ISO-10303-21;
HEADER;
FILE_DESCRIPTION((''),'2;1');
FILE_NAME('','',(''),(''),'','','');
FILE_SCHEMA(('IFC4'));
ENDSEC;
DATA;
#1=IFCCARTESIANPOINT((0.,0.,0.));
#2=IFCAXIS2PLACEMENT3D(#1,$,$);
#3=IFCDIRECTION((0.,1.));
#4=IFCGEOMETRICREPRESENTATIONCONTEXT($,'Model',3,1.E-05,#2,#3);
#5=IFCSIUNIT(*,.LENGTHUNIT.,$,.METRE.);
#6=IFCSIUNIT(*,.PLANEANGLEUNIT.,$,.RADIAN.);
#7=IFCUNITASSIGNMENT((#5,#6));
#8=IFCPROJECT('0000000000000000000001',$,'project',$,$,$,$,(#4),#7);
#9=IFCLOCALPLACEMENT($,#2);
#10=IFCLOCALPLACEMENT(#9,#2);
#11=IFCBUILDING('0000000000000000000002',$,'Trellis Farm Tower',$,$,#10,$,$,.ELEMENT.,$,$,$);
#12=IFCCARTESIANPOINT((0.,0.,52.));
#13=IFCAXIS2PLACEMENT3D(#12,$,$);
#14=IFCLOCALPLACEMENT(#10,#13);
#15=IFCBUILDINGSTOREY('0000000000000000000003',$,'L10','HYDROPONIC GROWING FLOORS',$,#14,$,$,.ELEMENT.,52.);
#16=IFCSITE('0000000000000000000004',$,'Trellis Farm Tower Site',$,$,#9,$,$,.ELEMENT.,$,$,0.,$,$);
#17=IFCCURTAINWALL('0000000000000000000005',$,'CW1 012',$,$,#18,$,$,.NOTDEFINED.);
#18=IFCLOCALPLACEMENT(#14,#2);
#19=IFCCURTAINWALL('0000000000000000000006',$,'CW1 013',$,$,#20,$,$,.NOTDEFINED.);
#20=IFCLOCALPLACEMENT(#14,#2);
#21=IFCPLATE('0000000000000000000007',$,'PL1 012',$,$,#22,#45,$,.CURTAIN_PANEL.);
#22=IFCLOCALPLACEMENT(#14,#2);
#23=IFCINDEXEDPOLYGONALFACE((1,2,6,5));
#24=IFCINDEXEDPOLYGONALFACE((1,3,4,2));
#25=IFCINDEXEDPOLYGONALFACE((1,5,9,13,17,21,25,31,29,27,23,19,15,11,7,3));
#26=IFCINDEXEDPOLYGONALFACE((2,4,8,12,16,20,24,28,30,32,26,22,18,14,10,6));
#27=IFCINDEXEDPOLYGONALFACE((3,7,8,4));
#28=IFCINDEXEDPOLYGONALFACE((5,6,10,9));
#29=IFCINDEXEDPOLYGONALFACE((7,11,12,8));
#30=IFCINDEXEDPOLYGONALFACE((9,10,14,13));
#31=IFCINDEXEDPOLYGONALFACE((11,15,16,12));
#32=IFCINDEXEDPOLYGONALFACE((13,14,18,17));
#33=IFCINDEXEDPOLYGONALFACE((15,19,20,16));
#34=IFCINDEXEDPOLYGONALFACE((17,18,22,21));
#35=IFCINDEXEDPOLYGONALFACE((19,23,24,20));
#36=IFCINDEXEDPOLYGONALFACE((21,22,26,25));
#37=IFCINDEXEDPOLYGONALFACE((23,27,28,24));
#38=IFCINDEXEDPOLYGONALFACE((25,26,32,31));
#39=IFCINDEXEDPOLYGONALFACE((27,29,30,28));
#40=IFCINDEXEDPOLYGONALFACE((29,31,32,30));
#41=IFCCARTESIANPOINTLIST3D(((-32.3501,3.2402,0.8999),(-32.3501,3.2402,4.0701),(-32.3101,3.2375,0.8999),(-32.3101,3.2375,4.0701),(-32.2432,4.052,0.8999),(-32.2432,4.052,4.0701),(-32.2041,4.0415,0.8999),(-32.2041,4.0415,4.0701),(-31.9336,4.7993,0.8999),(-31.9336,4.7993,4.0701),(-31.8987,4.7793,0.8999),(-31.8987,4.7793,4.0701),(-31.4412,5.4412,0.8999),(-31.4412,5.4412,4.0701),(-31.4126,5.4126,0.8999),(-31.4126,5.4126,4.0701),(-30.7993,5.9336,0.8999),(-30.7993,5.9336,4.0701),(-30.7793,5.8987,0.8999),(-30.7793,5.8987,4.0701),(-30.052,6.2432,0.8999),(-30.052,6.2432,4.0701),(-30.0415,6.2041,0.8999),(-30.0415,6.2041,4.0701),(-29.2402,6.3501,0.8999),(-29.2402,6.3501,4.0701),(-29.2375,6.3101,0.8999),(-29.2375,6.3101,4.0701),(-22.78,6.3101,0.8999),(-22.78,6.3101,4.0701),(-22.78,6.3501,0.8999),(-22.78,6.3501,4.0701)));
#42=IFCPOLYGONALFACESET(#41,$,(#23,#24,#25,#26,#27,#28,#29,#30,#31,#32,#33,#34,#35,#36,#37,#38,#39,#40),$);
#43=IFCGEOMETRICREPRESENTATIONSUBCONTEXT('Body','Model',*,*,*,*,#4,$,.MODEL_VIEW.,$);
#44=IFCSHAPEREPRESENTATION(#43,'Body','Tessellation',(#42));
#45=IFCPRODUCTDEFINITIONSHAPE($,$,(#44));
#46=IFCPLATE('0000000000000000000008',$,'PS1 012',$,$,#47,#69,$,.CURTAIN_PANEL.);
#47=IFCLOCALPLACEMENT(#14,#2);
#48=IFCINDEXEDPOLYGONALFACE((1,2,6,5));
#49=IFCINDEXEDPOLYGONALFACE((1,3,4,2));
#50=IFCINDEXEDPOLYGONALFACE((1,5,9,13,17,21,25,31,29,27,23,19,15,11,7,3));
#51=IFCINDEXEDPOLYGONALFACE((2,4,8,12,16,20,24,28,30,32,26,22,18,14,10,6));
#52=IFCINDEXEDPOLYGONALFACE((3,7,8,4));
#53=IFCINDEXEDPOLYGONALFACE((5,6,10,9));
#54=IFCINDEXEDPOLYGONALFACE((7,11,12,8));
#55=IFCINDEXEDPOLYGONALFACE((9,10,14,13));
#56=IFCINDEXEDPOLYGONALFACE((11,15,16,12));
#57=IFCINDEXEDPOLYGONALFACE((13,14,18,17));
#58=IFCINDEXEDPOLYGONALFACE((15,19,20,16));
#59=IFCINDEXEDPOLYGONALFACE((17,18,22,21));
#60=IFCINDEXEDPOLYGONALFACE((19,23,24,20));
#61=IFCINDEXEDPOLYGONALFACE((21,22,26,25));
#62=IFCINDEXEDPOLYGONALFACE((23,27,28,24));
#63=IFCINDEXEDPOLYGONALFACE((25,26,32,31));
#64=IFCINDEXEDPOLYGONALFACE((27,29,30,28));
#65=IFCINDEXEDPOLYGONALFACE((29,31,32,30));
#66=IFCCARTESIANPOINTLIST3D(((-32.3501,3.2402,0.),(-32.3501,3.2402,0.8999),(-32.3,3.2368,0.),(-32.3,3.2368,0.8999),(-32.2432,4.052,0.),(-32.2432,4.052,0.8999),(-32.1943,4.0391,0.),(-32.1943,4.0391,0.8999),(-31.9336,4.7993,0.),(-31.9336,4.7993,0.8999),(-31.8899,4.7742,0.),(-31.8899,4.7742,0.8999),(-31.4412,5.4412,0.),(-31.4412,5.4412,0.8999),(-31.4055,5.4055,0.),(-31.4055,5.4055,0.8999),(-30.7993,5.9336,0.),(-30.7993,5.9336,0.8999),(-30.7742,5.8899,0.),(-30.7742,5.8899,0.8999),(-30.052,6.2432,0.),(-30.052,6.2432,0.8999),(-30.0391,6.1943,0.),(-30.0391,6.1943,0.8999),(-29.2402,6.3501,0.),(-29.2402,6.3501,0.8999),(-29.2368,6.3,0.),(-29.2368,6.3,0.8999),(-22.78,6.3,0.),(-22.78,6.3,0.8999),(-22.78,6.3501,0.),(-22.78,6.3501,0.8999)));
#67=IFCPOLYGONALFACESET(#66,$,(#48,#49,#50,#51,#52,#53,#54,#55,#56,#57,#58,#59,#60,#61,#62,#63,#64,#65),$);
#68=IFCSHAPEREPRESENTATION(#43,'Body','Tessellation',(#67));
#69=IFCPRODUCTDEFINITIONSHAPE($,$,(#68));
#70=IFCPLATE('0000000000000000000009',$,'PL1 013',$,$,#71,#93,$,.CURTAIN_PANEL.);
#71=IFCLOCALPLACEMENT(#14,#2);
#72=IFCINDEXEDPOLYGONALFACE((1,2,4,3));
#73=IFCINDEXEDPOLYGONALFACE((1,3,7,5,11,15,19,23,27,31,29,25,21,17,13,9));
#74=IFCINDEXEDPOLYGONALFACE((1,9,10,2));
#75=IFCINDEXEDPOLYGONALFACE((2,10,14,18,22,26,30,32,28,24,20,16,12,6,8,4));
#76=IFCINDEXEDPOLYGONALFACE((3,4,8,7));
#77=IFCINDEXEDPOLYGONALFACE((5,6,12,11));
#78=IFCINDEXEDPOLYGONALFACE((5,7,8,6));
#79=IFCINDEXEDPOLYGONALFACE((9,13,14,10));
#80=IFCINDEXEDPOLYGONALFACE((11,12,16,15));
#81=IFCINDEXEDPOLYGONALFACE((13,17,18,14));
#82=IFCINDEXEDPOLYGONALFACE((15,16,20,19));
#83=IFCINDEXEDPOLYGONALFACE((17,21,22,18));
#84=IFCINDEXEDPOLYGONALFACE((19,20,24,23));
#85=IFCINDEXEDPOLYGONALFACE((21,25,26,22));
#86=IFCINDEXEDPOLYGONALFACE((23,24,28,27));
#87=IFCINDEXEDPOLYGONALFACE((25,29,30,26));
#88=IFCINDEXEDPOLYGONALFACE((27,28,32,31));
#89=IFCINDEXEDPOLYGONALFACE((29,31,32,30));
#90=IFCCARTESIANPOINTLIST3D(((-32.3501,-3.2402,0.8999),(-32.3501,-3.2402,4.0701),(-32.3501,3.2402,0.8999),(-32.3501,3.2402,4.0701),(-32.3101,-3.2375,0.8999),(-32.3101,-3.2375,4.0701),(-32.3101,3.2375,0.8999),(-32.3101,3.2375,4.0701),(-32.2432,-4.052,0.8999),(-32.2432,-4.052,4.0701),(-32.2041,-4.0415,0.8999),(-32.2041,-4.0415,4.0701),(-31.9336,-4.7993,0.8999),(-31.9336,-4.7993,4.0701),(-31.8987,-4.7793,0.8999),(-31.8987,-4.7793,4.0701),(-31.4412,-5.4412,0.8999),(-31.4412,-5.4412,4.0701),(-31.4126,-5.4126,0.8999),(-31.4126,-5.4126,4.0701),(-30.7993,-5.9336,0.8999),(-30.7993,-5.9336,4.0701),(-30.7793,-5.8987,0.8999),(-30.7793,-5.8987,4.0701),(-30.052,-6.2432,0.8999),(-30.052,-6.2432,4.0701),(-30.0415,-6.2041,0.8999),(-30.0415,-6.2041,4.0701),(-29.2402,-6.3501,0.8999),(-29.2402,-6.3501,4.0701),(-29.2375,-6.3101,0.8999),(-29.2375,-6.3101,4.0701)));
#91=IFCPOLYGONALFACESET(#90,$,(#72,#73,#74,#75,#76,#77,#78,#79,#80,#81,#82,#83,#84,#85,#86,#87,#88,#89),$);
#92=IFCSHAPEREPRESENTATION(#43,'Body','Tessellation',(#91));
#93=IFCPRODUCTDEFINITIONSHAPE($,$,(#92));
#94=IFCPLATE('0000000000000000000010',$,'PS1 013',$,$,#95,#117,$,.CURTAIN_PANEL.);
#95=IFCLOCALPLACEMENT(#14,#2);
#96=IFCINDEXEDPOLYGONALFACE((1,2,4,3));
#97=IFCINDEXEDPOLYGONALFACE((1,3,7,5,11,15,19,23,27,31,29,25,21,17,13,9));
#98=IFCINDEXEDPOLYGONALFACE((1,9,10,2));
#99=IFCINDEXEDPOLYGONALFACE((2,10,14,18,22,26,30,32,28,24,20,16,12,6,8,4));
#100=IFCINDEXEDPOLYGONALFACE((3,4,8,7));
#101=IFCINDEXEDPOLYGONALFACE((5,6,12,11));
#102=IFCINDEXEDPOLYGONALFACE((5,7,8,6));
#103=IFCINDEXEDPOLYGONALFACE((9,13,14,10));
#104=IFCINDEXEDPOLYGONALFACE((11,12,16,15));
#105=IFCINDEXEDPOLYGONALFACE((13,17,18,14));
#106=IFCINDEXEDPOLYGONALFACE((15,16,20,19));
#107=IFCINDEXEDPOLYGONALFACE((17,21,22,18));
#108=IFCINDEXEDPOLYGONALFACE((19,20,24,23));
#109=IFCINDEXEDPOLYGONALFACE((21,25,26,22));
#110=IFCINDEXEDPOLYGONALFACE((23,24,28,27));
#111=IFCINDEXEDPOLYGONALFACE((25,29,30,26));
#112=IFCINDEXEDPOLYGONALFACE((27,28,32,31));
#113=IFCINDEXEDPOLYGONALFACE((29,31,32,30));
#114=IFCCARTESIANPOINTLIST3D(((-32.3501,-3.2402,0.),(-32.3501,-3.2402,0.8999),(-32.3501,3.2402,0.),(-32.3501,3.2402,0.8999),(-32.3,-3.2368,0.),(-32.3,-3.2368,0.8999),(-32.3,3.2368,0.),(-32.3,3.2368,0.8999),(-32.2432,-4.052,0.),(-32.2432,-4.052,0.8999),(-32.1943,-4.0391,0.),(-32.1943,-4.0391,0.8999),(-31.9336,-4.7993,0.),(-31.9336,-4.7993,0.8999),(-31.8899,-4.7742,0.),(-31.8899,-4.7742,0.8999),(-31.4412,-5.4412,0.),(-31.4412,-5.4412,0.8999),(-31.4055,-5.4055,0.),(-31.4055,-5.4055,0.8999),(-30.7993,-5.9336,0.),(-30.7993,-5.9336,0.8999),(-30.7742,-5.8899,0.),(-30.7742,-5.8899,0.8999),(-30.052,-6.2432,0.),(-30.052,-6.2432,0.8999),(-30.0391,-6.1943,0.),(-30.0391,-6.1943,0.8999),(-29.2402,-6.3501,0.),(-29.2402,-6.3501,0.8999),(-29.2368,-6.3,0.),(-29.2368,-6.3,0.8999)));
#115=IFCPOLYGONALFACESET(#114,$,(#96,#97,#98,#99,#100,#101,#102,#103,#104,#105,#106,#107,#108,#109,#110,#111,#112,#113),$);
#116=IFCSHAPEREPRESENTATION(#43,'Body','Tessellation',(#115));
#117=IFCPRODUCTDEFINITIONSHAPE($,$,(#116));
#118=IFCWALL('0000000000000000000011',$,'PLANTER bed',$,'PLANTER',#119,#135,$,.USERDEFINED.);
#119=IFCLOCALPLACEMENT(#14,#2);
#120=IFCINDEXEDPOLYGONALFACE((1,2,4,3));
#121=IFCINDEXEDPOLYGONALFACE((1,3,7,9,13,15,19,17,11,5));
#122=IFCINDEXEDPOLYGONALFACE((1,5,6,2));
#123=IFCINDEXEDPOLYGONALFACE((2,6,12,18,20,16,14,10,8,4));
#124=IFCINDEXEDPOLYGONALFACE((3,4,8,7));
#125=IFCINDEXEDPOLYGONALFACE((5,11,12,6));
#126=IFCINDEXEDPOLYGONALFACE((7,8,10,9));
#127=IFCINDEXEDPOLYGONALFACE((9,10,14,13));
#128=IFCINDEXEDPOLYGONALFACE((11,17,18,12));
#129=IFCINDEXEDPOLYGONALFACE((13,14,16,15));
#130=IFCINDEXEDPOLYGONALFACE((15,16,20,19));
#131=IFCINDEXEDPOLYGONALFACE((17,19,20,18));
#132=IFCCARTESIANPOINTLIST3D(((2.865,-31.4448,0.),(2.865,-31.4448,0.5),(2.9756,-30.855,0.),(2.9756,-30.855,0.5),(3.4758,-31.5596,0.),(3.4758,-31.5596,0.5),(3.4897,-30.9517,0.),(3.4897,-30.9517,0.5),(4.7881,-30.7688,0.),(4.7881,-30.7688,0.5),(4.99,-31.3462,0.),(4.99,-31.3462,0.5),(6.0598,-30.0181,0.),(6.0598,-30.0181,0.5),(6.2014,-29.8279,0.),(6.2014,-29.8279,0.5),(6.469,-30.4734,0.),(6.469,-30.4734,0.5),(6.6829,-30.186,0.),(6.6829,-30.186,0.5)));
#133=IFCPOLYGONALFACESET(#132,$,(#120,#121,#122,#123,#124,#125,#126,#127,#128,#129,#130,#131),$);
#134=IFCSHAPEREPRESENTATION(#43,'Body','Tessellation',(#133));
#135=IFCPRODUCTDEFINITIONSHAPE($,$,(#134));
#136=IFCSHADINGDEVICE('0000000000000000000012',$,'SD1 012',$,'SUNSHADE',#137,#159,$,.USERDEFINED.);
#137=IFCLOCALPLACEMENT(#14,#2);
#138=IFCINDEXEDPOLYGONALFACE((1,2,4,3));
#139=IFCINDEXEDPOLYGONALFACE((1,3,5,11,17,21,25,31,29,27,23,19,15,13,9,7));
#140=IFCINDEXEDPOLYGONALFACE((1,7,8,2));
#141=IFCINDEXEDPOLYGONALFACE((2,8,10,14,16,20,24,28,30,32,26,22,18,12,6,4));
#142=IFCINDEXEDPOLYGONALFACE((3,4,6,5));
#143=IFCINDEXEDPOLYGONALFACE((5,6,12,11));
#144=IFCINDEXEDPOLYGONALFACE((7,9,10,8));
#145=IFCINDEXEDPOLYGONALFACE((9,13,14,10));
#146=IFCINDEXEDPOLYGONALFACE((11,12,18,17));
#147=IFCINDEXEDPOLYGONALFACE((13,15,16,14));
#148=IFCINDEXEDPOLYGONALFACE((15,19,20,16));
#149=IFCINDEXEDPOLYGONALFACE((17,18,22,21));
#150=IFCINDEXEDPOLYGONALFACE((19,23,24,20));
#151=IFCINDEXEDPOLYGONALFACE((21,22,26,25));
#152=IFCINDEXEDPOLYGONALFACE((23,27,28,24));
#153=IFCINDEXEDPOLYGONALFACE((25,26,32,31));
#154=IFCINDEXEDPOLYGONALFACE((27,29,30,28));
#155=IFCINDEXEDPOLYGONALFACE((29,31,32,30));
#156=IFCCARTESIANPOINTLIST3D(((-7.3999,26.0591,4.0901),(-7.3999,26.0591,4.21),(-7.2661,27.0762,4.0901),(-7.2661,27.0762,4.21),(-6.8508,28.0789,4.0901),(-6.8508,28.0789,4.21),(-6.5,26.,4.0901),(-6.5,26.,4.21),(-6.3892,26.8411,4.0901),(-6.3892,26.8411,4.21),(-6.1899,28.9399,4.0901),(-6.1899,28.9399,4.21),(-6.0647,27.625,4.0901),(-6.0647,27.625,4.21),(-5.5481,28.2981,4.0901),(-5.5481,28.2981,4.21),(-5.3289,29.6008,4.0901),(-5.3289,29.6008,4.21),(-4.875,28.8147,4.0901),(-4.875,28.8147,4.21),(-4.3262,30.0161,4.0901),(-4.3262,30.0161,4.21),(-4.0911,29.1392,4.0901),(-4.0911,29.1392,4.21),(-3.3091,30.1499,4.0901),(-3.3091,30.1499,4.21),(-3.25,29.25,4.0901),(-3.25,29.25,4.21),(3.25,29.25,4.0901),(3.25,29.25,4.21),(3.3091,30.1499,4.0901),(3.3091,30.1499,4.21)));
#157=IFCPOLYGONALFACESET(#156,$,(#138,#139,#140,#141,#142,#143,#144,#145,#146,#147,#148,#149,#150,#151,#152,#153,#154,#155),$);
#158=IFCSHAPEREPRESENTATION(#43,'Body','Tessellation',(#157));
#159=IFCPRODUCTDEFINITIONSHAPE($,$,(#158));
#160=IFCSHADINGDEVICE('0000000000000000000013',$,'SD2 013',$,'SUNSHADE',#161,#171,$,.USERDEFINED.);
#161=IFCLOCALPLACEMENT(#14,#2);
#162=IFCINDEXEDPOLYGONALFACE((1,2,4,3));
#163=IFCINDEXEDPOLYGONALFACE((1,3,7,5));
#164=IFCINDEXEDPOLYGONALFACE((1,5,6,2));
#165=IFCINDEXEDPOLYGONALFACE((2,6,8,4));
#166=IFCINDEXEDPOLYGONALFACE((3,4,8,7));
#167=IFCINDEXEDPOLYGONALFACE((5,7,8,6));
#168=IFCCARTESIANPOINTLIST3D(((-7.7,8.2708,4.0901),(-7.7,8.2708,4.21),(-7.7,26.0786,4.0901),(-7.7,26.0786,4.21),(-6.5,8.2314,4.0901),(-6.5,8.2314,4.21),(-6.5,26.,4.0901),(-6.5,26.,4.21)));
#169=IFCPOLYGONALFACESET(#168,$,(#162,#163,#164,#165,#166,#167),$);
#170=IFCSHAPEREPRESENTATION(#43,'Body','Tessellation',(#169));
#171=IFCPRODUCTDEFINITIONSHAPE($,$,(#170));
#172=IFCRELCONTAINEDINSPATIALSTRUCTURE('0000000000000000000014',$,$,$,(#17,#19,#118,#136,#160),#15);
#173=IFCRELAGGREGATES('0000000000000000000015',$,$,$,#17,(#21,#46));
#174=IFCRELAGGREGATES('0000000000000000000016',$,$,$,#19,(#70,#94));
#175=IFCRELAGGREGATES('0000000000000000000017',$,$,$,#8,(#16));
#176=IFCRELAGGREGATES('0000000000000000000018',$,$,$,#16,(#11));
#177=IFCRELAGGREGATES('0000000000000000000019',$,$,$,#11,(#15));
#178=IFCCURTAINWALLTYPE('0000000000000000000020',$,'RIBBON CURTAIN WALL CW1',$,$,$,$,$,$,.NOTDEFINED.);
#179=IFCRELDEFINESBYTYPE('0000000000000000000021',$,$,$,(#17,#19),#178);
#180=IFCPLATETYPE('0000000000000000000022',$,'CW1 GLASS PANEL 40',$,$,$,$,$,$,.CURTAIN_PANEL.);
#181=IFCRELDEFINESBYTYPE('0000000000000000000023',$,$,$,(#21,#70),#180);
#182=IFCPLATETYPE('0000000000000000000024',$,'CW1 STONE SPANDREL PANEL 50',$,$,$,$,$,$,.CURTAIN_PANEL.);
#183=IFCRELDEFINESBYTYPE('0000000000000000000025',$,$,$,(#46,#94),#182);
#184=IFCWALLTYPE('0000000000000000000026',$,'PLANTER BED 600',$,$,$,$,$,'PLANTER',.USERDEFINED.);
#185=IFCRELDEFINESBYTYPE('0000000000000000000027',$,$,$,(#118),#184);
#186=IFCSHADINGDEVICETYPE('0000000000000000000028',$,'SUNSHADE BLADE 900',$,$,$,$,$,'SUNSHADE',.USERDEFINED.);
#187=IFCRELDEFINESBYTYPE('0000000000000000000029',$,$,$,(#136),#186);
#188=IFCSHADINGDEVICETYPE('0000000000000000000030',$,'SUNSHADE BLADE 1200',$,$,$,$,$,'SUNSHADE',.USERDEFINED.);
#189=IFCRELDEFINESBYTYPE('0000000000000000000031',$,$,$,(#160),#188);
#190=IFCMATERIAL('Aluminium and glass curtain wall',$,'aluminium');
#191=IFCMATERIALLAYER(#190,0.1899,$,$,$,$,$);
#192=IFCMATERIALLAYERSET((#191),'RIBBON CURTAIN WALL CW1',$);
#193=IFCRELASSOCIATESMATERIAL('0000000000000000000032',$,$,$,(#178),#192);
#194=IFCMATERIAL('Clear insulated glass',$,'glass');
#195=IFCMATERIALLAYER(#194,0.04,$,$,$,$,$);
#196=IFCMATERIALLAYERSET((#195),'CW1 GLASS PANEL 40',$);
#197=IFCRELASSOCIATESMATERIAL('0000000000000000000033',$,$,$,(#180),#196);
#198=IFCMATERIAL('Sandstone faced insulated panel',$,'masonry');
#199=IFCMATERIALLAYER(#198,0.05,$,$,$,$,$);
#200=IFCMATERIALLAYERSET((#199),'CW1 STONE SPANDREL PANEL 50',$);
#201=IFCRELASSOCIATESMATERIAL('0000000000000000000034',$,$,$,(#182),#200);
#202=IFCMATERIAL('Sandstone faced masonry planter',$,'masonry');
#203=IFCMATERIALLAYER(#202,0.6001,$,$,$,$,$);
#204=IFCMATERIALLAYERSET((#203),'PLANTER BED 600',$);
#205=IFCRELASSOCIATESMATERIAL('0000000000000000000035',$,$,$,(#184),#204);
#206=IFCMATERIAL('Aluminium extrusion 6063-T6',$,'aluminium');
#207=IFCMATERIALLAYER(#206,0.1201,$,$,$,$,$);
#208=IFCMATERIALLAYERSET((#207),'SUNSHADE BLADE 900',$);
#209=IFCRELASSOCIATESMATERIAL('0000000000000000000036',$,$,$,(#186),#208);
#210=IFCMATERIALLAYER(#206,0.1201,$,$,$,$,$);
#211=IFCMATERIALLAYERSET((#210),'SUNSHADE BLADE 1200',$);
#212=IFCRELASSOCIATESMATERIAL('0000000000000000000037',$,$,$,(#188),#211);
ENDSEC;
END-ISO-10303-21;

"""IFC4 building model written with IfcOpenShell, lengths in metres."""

from ifc_helpers import new_model, si_unit, direction, frame, origin, place, context, subcontext, project, spatial, polyline, outline, extrude, source, transform, mapped, material, layer, layer_set, type_object, element, aggregate, save


model = new_model("IFC4")

# Units and contexts
model_context = context("Model", 3, precision=1e-05, world=origin(), true_north=direction((0.0, 1.0)))
body_context = subcontext(model_context, "Body", "Model", "MODEL_VIEW")
ifc_project = project(units=[si_unit("LENGTHUNIT", "METRE"), si_unit("PLANEANGLEUNIT", "RADIAN")], contexts=[model_context])

# Site, building, storey
site_placement = place(None, origin())
site = spatial("IfcSite", under=ifc_project, at=site_placement, Name="Trellis Farm Tower Site", CompositionType="ELEMENT", RefElevation=0.0)
building_placement = place(site_placement, origin())
building = spatial("IfcBuilding", under=site, at=building_placement, Name="Trellis Farm Tower", CompositionType="ELEMENT")
storey_placement = place(building_placement, frame((0.0, 0.0, 52.0)))
storey = spatial("IfcBuildingStorey", under=building, at=storey_placement, Name="L10", Description="HYDROPONIC GROWING FLOORS", CompositionType="ELEMENT", Elevation=52.0)

# Curtain walls
ifc_material_1 = material(Name="Aluminium and glass curtain wall", Category="aluminium")
ifc_layer_1 = layer(ifc_material_1, 0.1899)
ifc_layer_set_1 = layer_set([ifc_layer_1], Name="RIBBON CURTAIN WALL CW1")
curtain_wall_type_1 = type_object("IfcCurtainWallType", Name="RIBBON CURTAIN WALL CW1", PredefinedType="NOTDEFINED", material=ifc_layer_set_1)
placement_1 = place(storey_placement, origin())
ifc_material_2 = material(Name="Aluminium extrusion 6063-T6", Category="aluminium")
curtain_wall_1 = element("IfcCurtainWall", 1, at=placement_1, inside=storey, type_object=curtain_wall_type_1, Name="CW1 012", PredefinedType="NOTDEFINED")
curtain_wall_2 = element("IfcCurtainWall", 2, at=placement_1, inside=storey, type_object=curtain_wall_type_1, Name="CW1 013", PredefinedType="NOTDEFINED")

# Plates
ifc_material_3 = material(Name="Clear insulated glass", Category="glass")
ifc_layer_2 = layer(ifc_material_3, 0.04)
ifc_layer_set_2 = layer_set([ifc_layer_2], Name="CW1 GLASS PANEL 40")
plate_type_1 = type_object("IfcPlateType", Name="CW1 GLASS PANEL 40", PredefinedType="CURTAIN_PANEL", material=ifc_layer_set_2)
placement_2 = place(storey_placement, frame((0.0, 0.0, 0.8999)))
ifc_material_4 = material(Name="Sandstone faced insulated panel", Category="masonry")
ifc_layer_3 = layer(ifc_material_4, 0.05)
ifc_layer_set_3 = layer_set([ifc_layer_3], Name="CW1 STONE SPANDREL PANEL 50")
plate_type_2 = type_object("IfcPlateType", Name="CW1 STONE SPANDREL PANEL 50", PredefinedType="CURTAIN_PANEL", material=ifc_layer_set_3)
shared_shape_1 = source(origin(), body_context, "Body", "SweptSolid", [
    extrude(outline(polyline([(-22.78, 6.3501), (-29.2402, 6.3501), (-30.052, 6.2432), (-30.7993, 5.9336), (-31.4412, 5.4412), (-31.9336, 4.7993), (-32.2432, 4.052), (-32.3501, 3.2402), (-32.3101, 3.2375), (-32.2041, 4.0415), (-31.8987, 4.7793), (-31.4126, 5.4126), (-30.7793, 5.8987), (-30.0415, 6.2041), (-29.2375, 6.3101), (-22.78, 6.3101), (-22.78, 6.3501)])), origin(), (0.0, 0.0, 1.0), 3.1702),
])
plate_1 = element("IfcPlate", 3, at=placement_2, type_object=plate_type_1, Name="PL1 012", PredefinedType="CURTAIN_PANEL", context=body_context, shape_type="MappedRepresentation", body=[
    mapped(shared_shape_1, transform((0.0, 0.0, 0.0))),
])
shared_shape_2 = source(origin(), body_context, "Body", "SweptSolid", [
    extrude(outline(polyline([(-22.78, 6.3501), (-29.2402, 6.3501), (-30.052, 6.2432), (-30.7993, 5.9336), (-31.4412, 5.4412), (-31.9336, 4.7993), (-32.2432, 4.052), (-32.3501, 3.2402), (-32.3, 3.2368), (-32.1943, 4.0391), (-31.8899, 4.7742), (-31.4055, 5.4055), (-30.7742, 5.8899), (-30.0391, 6.1943), (-29.2368, 6.3), (-22.78, 6.3), (-22.78, 6.3501)])), origin(), (0.0, 0.0, 1.0), 0.8999),
])
plate_2 = element("IfcPlate", 4, at=placement_1, type_object=plate_type_2, Name="PS1 012", PredefinedType="CURTAIN_PANEL", context=body_context, shape_type="MappedRepresentation", body=[
    mapped(shared_shape_2, transform((0.0, 0.0, 0.0))),
])
aggregate(curtain_wall_1, [plate_1, plate_2])
shared_shape_3 = source(origin(), body_context, "Body", "SweptSolid", [
    extrude(outline(polyline([(-32.3501, 3.2402), (-32.3501, -3.2402), (-32.2432, -4.052), (-31.9336, -4.7993), (-31.4412, -5.4412), (-30.7993, -5.9336), (-30.052, -6.2432), (-29.2402, -6.3501), (-29.2375, -6.3101), (-30.0415, -6.2041), (-30.7793, -5.8987), (-31.4126, -5.4126), (-31.8987, -4.7793), (-32.2041, -4.0415), (-32.3101, -3.2375), (-32.3101, 3.2375), (-32.3501, 3.2402)])), origin(), (0.0, 0.0, 1.0), 3.1702),
])
plate_3 = element("IfcPlate", 5, at=placement_2, type_object=plate_type_1, Name="PL1 013", PredefinedType="CURTAIN_PANEL", context=body_context, shape_type="MappedRepresentation", body=[
    mapped(shared_shape_3, transform((0.0, 0.0, 0.0))),
])
shared_shape_4 = source(origin(), body_context, "Body", "SweptSolid", [
    extrude(outline(polyline([(-32.3501, 3.2402), (-32.3501, -3.2402), (-32.2432, -4.052), (-31.9336, -4.7993), (-31.4412, -5.4412), (-30.7993, -5.9336), (-30.052, -6.2432), (-29.2402, -6.3501), (-29.2368, -6.3), (-30.0391, -6.1943), (-30.7742, -5.8899), (-31.4055, -5.4055), (-31.8899, -4.7742), (-32.1943, -4.0391), (-32.3, -3.2368), (-32.3, 3.2368), (-32.3501, 3.2402)])), origin(), (0.0, 0.0, 1.0), 0.8999),
])
plate_4 = element("IfcPlate", 6, at=placement_1, type_object=plate_type_2, Name="PS1 013", PredefinedType="CURTAIN_PANEL", context=body_context, shape_type="MappedRepresentation", body=[
    mapped(shared_shape_4, transform((0.0, 0.0, 0.0))),
])
aggregate(curtain_wall_2, [plate_3, plate_4])

# Wall
ifc_material_5 = material(Name="Sandstone faced masonry planter", Category="masonry")
ifc_layer_4 = layer(ifc_material_5, 0.6001)
ifc_layer_set_4 = layer_set([ifc_layer_4], Name="PLANTER BED 600")
wall_type = type_object("IfcWallType", Name="PLANTER BED 600", ElementType="PLANTER", PredefinedType="USERDEFINED", material=ifc_layer_set_4)
element("IfcWall", 7, at=placement_1, inside=storey, type_object=wall_type, Name="PLANTER bed", ObjectType="PLANTER", PredefinedType="USERDEFINED", context=body_context, shape_type="SweptSolid", body=[
    extrude(outline(polyline([(6.469, -30.4734), (4.99, -31.3462), (3.4758, -31.5596), (2.865, -31.4448), (2.9756, -30.855), (3.4897, -30.9517), (4.7881, -30.7688), (6.0598, -30.0181), (6.2014, -29.8279), (6.6829, -30.186), (6.469, -30.4734)])), origin(), (0.0, 0.0, 1.0), 0.5),
])

# Shading devices
ifc_layer_5 = layer(ifc_material_2, 0.1201)
ifc_layer_set_5 = layer_set([ifc_layer_5], Name="SUNSHADE BLADE 900")
shading_device_type_1 = type_object("IfcShadingDeviceType", Name="SUNSHADE BLADE 900", ElementType="SUNSHADE", PredefinedType="USERDEFINED", material=ifc_layer_set_5)
shared_shape_5 = source(origin(), body_context, "Body", "SweptSolid", [
    extrude(outline(polyline([(3.3091, 30.1499), (-3.3091, 30.1499), (-4.3262, 30.0161), (-5.3289, 29.6008), (-6.1899, 28.9399), (-6.8508, 28.0789), (-7.2661, 27.0762), (-7.3999, 26.0591), (-6.5, 26.0), (-6.3892, 26.8411), (-6.0647, 27.625), (-5.5481, 28.2981), (-4.875, 28.8147), (-4.0911, 29.1392), (-3.25, 29.25), (3.25, 29.25), (3.3091, 30.1499)])), origin(), (0.0, 0.0, 1.0), 0.1199),
])
placement_3 = place(storey_placement, frame((0.0, 0.0, 4.0901)))
element("IfcShadingDevice", 8, at=placement_3, inside=storey, type_object=shading_device_type_1, Name="SD1 012", ObjectType="SUNSHADE", PredefinedType="USERDEFINED", context=body_context, shape_type="MappedRepresentation", body=[
    mapped(shared_shape_5, transform((0.0, 0.0, 0.0))),
])
ifc_layer_6 = layer(ifc_material_2, 0.1201)
ifc_layer_set_6 = layer_set([ifc_layer_6], Name="SUNSHADE BLADE 1200")
shading_device_type_2 = type_object("IfcShadingDeviceType", Name="SUNSHADE BLADE 1200", ElementType="SUNSHADE", PredefinedType="USERDEFINED", material=ifc_layer_set_6)
shared_shape_6 = source(origin(), body_context, "Body", "SweptSolid", [
    extrude(outline(polyline([(-7.7, 26.0786), (-7.7, 8.2708), (-6.5, 8.2314), (-6.5, 26.0), (-7.7, 26.0786)])), origin(), (0.0, 0.0, 1.0), 0.1199),
])
element("IfcShadingDevice", 9, at=placement_3, inside=storey, type_object=shading_device_type_2, Name="SD2 013", ObjectType="SUNSHADE", PredefinedType="USERDEFINED", context=body_context, shape_type="MappedRepresentation", body=[
    mapped(shared_shape_6, transform((0.0, 0.0, 0.0))),
])

save(model, "model.ifc")
